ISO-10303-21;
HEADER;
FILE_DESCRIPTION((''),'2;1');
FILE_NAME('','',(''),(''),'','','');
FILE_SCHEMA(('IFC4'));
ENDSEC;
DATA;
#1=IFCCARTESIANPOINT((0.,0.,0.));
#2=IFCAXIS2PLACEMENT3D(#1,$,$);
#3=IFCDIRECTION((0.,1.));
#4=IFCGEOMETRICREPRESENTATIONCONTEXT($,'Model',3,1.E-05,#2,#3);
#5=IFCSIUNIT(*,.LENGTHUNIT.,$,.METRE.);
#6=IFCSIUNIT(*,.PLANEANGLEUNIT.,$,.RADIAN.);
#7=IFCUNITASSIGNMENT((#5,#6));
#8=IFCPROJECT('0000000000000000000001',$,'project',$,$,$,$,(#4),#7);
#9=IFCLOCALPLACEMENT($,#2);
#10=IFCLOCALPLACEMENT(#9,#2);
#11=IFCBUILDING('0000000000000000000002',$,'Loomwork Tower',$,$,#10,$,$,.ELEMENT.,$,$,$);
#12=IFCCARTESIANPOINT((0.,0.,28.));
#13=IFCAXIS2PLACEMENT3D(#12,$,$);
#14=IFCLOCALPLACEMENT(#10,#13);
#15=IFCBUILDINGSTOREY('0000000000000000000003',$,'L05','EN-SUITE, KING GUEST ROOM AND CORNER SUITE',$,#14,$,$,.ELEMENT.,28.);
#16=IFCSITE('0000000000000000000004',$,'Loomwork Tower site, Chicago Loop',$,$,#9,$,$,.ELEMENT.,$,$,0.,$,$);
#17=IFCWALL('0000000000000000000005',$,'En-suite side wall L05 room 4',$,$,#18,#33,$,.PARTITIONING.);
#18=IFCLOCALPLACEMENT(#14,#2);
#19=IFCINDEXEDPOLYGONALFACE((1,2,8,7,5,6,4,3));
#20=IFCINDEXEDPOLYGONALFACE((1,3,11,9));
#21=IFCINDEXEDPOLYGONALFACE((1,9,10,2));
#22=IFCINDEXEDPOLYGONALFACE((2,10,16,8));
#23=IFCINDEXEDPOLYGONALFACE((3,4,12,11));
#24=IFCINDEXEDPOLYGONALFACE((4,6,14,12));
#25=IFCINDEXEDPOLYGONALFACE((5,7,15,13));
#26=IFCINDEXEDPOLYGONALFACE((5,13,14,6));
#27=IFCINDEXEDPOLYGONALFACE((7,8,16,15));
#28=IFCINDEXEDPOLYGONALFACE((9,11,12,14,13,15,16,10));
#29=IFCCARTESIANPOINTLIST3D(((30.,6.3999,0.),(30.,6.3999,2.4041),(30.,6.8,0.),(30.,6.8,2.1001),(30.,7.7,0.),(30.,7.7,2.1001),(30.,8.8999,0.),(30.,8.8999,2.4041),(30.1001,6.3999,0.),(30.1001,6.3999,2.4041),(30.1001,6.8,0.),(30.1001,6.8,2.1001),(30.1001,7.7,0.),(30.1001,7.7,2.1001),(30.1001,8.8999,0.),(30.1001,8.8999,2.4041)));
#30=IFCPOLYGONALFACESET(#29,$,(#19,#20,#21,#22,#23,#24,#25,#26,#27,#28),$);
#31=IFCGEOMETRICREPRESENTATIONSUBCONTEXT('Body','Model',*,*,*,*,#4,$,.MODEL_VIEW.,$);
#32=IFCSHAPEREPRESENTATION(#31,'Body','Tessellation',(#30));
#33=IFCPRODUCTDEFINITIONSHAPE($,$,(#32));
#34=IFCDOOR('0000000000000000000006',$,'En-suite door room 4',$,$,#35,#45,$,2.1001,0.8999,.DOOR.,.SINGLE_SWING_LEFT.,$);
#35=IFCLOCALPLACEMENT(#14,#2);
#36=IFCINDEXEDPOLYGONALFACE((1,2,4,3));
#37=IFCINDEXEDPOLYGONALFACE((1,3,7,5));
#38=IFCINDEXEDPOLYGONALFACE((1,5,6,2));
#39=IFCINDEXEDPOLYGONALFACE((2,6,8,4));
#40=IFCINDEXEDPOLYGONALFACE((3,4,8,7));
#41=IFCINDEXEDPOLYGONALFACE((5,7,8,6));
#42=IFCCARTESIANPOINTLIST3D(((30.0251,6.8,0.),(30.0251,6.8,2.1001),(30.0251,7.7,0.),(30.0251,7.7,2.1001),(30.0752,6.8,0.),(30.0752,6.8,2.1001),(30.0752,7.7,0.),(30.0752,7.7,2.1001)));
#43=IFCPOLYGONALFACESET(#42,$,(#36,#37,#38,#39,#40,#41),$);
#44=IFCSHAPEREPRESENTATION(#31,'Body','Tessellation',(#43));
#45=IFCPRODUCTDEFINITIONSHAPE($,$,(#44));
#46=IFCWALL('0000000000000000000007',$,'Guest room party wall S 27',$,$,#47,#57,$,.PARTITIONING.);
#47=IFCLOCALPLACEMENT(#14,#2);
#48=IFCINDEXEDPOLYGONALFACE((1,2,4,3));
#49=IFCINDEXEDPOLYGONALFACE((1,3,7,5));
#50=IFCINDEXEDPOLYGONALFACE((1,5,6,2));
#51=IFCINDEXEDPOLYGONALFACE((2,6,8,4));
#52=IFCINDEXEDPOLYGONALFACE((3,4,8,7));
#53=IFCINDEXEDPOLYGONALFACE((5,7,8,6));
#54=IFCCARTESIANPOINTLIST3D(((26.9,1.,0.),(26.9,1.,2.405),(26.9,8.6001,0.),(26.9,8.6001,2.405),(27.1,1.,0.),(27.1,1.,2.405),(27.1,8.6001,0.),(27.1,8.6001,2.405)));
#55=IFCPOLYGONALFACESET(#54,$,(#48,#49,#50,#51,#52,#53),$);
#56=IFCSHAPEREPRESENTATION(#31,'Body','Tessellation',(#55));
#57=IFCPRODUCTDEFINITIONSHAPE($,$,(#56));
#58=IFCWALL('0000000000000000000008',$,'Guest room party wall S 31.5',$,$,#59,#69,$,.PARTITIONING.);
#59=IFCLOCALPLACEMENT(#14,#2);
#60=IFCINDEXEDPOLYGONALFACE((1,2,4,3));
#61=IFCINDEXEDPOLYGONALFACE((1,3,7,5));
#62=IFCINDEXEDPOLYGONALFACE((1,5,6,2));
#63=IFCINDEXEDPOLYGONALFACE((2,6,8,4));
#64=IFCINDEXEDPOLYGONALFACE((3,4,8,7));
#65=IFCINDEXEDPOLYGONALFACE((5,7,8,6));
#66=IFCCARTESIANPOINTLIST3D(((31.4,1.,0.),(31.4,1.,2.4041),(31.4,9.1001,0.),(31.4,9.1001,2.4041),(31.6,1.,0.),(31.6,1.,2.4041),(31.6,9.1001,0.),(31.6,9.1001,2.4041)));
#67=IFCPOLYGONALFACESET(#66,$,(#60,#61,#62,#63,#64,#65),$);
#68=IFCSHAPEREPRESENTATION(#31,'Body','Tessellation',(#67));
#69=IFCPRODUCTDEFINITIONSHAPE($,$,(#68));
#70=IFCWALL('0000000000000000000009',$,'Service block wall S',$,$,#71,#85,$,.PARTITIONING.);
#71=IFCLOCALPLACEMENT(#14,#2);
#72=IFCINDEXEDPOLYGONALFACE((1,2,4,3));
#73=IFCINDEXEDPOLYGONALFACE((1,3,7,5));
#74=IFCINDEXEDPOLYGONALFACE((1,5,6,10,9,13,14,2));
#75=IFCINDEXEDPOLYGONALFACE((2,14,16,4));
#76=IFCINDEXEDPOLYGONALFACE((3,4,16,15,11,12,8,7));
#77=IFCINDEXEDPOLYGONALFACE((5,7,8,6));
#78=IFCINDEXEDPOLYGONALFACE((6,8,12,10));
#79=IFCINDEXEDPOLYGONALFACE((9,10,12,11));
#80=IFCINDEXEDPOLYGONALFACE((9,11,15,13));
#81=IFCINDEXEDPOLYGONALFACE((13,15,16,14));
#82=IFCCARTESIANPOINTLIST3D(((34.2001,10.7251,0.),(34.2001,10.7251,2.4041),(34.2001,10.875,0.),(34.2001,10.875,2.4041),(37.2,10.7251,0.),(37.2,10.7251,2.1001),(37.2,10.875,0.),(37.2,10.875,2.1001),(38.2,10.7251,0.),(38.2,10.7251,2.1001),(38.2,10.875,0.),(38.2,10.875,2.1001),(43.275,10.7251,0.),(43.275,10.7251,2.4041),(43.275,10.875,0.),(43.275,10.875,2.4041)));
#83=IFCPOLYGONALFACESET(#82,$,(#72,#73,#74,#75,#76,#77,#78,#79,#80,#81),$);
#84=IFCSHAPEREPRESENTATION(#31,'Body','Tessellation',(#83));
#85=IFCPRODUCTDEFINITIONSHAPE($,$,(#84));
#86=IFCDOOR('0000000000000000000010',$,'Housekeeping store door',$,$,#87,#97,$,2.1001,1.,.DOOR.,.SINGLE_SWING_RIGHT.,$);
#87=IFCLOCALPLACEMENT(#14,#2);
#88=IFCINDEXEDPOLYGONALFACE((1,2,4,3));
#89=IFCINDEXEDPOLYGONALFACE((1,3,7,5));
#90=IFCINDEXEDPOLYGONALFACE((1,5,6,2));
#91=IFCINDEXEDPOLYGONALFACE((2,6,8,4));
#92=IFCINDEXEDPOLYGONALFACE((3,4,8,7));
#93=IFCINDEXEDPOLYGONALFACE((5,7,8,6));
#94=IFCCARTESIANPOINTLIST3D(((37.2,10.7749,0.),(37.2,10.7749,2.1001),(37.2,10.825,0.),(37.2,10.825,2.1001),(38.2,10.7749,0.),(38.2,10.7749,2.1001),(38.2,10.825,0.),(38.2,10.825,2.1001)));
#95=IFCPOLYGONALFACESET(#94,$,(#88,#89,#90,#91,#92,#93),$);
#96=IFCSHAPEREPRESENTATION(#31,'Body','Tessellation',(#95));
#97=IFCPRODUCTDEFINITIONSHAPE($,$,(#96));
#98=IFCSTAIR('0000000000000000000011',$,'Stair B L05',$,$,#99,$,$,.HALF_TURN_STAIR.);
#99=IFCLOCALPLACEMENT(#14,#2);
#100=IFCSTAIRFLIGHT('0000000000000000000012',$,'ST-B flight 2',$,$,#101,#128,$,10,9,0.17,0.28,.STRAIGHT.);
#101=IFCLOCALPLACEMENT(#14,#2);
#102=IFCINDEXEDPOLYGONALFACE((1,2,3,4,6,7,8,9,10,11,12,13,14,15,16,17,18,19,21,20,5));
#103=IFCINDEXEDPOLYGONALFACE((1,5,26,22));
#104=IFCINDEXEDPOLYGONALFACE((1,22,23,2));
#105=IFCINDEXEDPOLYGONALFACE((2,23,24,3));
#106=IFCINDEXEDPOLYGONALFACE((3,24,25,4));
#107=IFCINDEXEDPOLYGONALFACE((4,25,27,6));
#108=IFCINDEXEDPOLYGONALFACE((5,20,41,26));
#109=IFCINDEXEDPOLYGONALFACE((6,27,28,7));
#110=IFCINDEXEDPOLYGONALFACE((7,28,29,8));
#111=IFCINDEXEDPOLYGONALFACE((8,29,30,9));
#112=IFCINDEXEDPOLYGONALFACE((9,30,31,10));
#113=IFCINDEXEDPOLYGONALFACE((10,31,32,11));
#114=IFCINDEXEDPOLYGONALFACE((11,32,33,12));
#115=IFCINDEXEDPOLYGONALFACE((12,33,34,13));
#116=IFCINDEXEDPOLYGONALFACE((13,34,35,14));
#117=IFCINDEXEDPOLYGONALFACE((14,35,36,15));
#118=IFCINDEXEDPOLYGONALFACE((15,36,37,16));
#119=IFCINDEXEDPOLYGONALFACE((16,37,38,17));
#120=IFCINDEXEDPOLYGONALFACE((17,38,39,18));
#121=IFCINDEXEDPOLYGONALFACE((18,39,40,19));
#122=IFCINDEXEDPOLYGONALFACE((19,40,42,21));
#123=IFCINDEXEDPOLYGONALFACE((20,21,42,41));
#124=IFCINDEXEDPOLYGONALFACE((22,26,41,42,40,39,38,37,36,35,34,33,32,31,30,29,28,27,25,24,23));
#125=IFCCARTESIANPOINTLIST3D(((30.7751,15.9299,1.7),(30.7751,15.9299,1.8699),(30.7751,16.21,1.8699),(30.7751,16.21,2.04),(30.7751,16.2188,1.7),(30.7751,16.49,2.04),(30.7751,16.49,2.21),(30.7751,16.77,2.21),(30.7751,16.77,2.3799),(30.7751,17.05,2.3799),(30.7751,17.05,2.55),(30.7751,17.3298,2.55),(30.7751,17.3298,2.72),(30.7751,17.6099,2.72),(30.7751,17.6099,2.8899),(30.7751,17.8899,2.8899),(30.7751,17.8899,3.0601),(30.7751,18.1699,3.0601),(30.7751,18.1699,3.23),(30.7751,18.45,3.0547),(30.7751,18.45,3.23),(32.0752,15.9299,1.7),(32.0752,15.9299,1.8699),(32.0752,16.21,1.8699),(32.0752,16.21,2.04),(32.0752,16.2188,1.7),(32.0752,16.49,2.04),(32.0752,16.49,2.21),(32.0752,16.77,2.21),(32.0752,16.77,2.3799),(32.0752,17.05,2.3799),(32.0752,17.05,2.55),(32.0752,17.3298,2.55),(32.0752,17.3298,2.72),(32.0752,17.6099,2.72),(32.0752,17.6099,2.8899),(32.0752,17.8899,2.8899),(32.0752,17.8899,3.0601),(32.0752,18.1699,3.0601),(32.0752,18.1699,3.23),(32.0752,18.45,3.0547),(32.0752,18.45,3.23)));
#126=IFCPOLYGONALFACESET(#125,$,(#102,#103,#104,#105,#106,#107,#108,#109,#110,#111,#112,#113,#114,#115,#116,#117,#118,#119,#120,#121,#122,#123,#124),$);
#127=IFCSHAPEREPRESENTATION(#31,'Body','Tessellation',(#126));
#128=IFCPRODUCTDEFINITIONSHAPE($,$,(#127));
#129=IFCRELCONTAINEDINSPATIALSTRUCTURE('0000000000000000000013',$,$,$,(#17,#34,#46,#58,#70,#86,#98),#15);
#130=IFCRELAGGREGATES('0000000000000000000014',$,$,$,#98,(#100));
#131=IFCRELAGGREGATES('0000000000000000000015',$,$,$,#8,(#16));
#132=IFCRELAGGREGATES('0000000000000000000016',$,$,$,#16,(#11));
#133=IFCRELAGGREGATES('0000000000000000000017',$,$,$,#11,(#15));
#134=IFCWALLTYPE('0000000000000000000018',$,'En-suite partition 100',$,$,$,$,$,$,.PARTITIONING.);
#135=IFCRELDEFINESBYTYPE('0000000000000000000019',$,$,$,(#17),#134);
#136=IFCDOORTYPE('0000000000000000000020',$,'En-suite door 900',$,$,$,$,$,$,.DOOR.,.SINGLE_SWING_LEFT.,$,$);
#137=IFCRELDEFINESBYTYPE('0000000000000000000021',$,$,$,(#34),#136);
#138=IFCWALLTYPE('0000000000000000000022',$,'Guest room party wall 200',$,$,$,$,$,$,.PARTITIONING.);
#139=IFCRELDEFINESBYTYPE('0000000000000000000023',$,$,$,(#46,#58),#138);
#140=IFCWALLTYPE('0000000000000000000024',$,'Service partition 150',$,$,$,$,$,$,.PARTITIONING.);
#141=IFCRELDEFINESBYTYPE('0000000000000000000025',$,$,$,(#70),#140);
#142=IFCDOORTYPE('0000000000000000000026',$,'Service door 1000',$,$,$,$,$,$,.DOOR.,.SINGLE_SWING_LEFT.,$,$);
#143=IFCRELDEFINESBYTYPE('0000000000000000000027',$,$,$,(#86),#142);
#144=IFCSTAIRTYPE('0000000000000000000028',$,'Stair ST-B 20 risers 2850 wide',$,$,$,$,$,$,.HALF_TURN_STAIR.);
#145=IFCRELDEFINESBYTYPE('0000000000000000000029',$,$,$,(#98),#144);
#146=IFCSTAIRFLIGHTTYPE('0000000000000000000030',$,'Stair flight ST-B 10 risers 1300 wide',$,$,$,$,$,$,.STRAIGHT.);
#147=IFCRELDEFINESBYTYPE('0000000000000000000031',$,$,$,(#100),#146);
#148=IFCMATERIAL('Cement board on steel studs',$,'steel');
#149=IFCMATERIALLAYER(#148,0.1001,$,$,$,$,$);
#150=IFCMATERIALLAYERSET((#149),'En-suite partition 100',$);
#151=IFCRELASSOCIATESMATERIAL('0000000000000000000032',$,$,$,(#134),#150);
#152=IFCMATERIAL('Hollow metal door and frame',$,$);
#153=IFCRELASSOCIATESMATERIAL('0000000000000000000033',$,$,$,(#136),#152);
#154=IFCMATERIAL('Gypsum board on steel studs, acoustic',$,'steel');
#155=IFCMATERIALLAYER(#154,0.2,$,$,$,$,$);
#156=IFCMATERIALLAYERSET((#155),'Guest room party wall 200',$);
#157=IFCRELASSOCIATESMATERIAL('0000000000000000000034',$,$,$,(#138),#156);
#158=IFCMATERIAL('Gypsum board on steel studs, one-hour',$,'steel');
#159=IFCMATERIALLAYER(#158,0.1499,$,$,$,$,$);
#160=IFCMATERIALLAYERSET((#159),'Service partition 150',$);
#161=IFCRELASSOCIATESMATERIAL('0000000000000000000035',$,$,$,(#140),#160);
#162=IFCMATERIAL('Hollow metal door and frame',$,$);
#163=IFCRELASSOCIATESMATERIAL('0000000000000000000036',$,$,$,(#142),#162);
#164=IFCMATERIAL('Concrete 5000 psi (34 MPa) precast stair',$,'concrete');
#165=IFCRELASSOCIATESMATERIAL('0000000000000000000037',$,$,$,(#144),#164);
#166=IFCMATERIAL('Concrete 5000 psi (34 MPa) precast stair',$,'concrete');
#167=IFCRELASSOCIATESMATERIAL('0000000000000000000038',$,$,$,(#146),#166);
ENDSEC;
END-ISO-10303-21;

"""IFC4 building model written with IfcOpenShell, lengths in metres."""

from ifc_helpers import new_model, si_unit, direction, frame, frame_2d, origin, place, context, subcontext, project, spatial, polyline, rectangle, outline, extrude, material, layer, layer_set, type_object, element, fill, aggregate, save


model = new_model("IFC4")

# Units and contexts
model_context = context("Model", 3, precision=1e-05, world=origin(), true_north=direction((0.0, 1.0)))
body_context = subcontext(model_context, "Body", "Model", "MODEL_VIEW")
ifc_project = project(units=[si_unit("LENGTHUNIT", "METRE"), si_unit("PLANEANGLEUNIT", "RADIAN")], contexts=[model_context])

# Site, building, storey
site_placement = place(None, origin())
site = spatial("IfcSite", under=ifc_project, at=site_placement, Name="Loomwork Tower site, Chicago Loop", CompositionType="ELEMENT", RefElevation=0.0)
building_placement = place(site_placement, origin())
building = spatial("IfcBuilding", under=site, at=building_placement, Name="Loomwork Tower", CompositionType="ELEMENT")
storey_placement = place(building_placement, frame((0.0, 0.0, 28.0)))
storey = spatial("IfcBuildingStorey", under=building, at=storey_placement, Name="L05", Description="EN-SUITE, KING GUEST ROOM AND CORNER SUITE", CompositionType="ELEMENT", Elevation=28.0)

# Shared definitions
ifc_material_1 = material(Name="Cement board on steel studs", Category="steel")
ifc_layer_1 = layer(ifc_material_1, 0.1001)
ifc_layer_set_1 = layer_set([ifc_layer_1], Name="En-suite partition 100")
wall_type_1 = type_object("IfcWallType", Name="En-suite partition 100", PredefinedType="PARTITIONING", material=ifc_layer_set_1)

# Wall, opening, door
wall_1_placement = place(storey_placement, frame((30.05, 8.8999, 0.0), z_axis=(0.0, 0.0, 1.0), x_axis=(0.0, -1.0, 0.0)))
wall_1 = element("IfcWall", 1, at=wall_1_placement, inside=storey, type_object=wall_type_1, Name="En-suite side wall L05 room 4", PredefinedType="PARTITIONING", context=body_context, shape_type="SweptSolid", body=[
    extrude(rectangle(XDim=2.5, YDim=0.1001, at=frame_2d((1.25, 0.0))), origin(), (0.0, 0.0, 1.0), 2.4041),
])
opening_1_placement = place(wall_1_placement, frame((1.2, 0.0, 0.0)))
opening_1 = element("IfcOpeningElement", 2, at=opening_1_placement, cuts=wall_1, PredefinedType="OPENING", context=body_context, shape_type="SweptSolid", body=[
    extrude(rectangle(XDim=0.8999, YDim=2.1001, at=frame_2d((0.45, 1.05))), frame((0.0, 0.0601, 0.0), z_axis=(0.0, -1.0, 0.0), x_axis=(1.0, 0.0, 0.0)), (0.0, 0.0, 1.0), 0.1201),
])
ifc_material_2 = material(Name="Hollow metal door and frame")
door_type_1 = type_object("IfcDoorType", Name="En-suite door 900", OperationType="SINGLE_SWING_LEFT", PredefinedType="DOOR", material=ifc_material_2)
door_1_placement = place(opening_1_placement, frame((0.8999, 0.0, 0.0), z_axis=(0.0, 0.0, 1.0), x_axis=(-1.0, 0.0, 0.0)))
door_1 = element("IfcDoor", 3, at=door_1_placement, inside=storey, type_object=door_type_1, Name="En-suite door room 4", OperationType="SINGLE_SWING_LEFT", OverallHeight=2.1001, OverallWidth=0.8999, PredefinedType="DOOR", context=body_context, shape_type="SweptSolid", body=[
    extrude(rectangle(XDim=0.8999, YDim=2.1001, at=frame_2d((0.45, 1.05))), frame((0.0, 0.0249, 0.0), z_axis=(0.0, -1.0, 0.0), x_axis=(1.0, 0.0, 0.0)), (0.0, 0.0, 1.0), 0.05),
])
fill(opening_1, door_1)

# Walls
ifc_material_3 = material(Name="Gypsum board on steel studs, acoustic", Category="steel")
ifc_layer_2 = layer(ifc_material_3, 0.2)
ifc_layer_set_2 = layer_set([ifc_layer_2], Name="Guest room party wall 200")
wall_type_2 = type_object("IfcWallType", Name="Guest room party wall 200", PredefinedType="PARTITIONING", material=ifc_layer_set_2)
wall_2_placement = place(storey_placement, frame((27.0, 8.6001, 0.0), z_axis=(0.0, 0.0, 1.0), x_axis=(0.0, -1.0, 0.0)))
element("IfcWall", 4, at=wall_2_placement, inside=storey, type_object=wall_type_2, Name="Guest room party wall S 27", PredefinedType="PARTITIONING", context=body_context, shape_type="SweptSolid", body=[
    extrude(rectangle(XDim=7.6001, YDim=0.2, at=frame_2d((3.8, 0.0))), origin(), (0.0, 0.0, 1.0), 2.405),
])
wall_3_placement = place(storey_placement, frame((31.5, 9.1001, 0.0), z_axis=(0.0, 0.0, 1.0), x_axis=(0.0, -1.0, 0.0)))
element("IfcWall", 5, at=wall_3_placement, inside=storey, type_object=wall_type_2, Name="Guest room party wall S 31.5", PredefinedType="PARTITIONING", context=body_context, shape_type="SweptSolid", body=[
    extrude(rectangle(XDim=8.1001, YDim=0.2, at=frame_2d((4.05, 0.0))), origin(), (0.0, 0.0, 1.0), 2.4041),
])

# Wall, opening, door
ifc_material_4 = material(Name="Gypsum board on steel studs, one-hour", Category="steel")
ifc_layer_3 = layer(ifc_material_4, 0.1499)
ifc_layer_set_3 = layer_set([ifc_layer_3], Name="Service partition 150")
wall_type_3 = type_object("IfcWallType", Name="Service partition 150", PredefinedType="PARTITIONING", material=ifc_layer_set_3)
wall_4_placement = place(storey_placement, frame((34.2, 10.8, 0.0), z_axis=(0.0, 0.0, 1.0), x_axis=(1.0, 0.0, 0.0)))
wall_4 = element("IfcWall", 6, at=wall_4_placement, inside=storey, type_object=wall_type_3, Name="Service block wall S", PredefinedType="PARTITIONING", context=body_context, shape_type="SweptSolid", body=[
    extrude(rectangle(XDim=9.075, YDim=0.1499, at=frame_2d((4.5376, 0.0))), origin(), (0.0, 0.0, 1.0), 2.4041),
])
opening_2_placement = place(wall_4_placement, frame((3.0, 0.0, 0.0)))
opening_2 = element("IfcOpeningElement", 7, at=opening_2_placement, cuts=wall_4, PredefinedType="OPENING", context=body_context, shape_type="SweptSolid", body=[
    extrude(rectangle(XDim=1.0, YDim=2.1001, at=frame_2d((0.5, 1.05))), frame((0.0, 0.085, 0.0), z_axis=(0.0, -1.0, 0.0), x_axis=(1.0, 0.0, 0.0)), (0.0, 0.0, 1.0), 0.1699),
])
ifc_material_5 = material(Name="Hollow metal door and frame")
door_type_2 = type_object("IfcDoorType", Name="Service door 1000", OperationType="SINGLE_SWING_LEFT", PredefinedType="DOOR", material=ifc_material_5)
door_2_placement = place(opening_2_placement, origin())
door_2 = element("IfcDoor", 8, at=door_2_placement, inside=storey, type_object=door_type_2, Name="Housekeeping store door", OperationType="SINGLE_SWING_RIGHT", OverallHeight=2.1001, OverallWidth=1.0, PredefinedType="DOOR", context=body_context, shape_type="SweptSolid", body=[
    extrude(rectangle(XDim=1.0, YDim=2.1001, at=frame_2d((0.5, 1.05))), frame((0.0, 0.0249, 0.0), z_axis=(0.0, -1.0, 0.0), x_axis=(1.0, 0.0, 0.0)), (0.0, 0.0, 1.0), 0.05),
])
fill(opening_2, door_2)

# Stair, stair flight
ifc_material_6 = material(Name="Concrete 5000 psi (34 MPa) precast stair", Category="concrete")
stair_type = type_object("IfcStairType", Name="Stair ST-B 20 risers 2850 wide", PredefinedType="HALF_TURN_STAIR", material=ifc_material_6)
stair_placement = place(storey_placement, origin())
stair = element("IfcStair", 9, at=stair_placement, inside=storey, type_object=stair_type, Name="Stair B L05", PredefinedType="HALF_TURN_STAIR")
ifc_material_7 = material(Name="Concrete 5000 psi (34 MPa) precast stair", Category="concrete")
stair_flight_type = type_object("IfcStairFlightType", Name="Stair flight ST-B 10 risers 1300 wide", PredefinedType="STRAIGHT", material=ifc_material_7)
stair_flight_placement = place(storey_placement, frame((31.425, 15.9299, 1.7), z_axis=(0.0, 0.0, 1.0), x_axis=(0.0, 1.0, 0.0)))
stair_flight = element("IfcStairFlight", 10, at=stair_flight_placement, type_object=stair_flight_type, Name="ST-B flight 2", NumberOfRisers=10, NumberOfTreads=9, PredefinedType="STRAIGHT", RiserHeight=0.17, TreadLength=0.28, context=body_context, shape_type="SweptSolid", body=[
    extrude(outline(polyline([(0.0, 0.0), (0.0, 0.1699), (0.28, 0.1699), (0.28, 0.3401), (0.5601, 0.3401), (0.5601, 0.51), (0.8401, 0.51), (0.8401, 0.6799), (1.1201, 0.6799), (1.1201, 0.8501), (1.3999, 0.8501), (1.3999, 1.02), (1.6799, 1.02), (1.6799, 1.1899), (1.96, 1.1899), (1.96, 1.3601), (2.24, 1.3601), (2.24, 1.53), (2.52, 1.53), (2.52, 1.7), (2.52, 1.3547), (0.2888, 0.0), (0.0, 0.0)])), frame((0.0, 0.6499, 0.0), z_axis=(0.0, -1.0, 0.0), x_axis=(1.0, 0.0, 0.0)), (0.0, 0.0, 1.0), 1.3),
])
aggregate(stair, [stair_flight])

save(model, "model.ifc")
